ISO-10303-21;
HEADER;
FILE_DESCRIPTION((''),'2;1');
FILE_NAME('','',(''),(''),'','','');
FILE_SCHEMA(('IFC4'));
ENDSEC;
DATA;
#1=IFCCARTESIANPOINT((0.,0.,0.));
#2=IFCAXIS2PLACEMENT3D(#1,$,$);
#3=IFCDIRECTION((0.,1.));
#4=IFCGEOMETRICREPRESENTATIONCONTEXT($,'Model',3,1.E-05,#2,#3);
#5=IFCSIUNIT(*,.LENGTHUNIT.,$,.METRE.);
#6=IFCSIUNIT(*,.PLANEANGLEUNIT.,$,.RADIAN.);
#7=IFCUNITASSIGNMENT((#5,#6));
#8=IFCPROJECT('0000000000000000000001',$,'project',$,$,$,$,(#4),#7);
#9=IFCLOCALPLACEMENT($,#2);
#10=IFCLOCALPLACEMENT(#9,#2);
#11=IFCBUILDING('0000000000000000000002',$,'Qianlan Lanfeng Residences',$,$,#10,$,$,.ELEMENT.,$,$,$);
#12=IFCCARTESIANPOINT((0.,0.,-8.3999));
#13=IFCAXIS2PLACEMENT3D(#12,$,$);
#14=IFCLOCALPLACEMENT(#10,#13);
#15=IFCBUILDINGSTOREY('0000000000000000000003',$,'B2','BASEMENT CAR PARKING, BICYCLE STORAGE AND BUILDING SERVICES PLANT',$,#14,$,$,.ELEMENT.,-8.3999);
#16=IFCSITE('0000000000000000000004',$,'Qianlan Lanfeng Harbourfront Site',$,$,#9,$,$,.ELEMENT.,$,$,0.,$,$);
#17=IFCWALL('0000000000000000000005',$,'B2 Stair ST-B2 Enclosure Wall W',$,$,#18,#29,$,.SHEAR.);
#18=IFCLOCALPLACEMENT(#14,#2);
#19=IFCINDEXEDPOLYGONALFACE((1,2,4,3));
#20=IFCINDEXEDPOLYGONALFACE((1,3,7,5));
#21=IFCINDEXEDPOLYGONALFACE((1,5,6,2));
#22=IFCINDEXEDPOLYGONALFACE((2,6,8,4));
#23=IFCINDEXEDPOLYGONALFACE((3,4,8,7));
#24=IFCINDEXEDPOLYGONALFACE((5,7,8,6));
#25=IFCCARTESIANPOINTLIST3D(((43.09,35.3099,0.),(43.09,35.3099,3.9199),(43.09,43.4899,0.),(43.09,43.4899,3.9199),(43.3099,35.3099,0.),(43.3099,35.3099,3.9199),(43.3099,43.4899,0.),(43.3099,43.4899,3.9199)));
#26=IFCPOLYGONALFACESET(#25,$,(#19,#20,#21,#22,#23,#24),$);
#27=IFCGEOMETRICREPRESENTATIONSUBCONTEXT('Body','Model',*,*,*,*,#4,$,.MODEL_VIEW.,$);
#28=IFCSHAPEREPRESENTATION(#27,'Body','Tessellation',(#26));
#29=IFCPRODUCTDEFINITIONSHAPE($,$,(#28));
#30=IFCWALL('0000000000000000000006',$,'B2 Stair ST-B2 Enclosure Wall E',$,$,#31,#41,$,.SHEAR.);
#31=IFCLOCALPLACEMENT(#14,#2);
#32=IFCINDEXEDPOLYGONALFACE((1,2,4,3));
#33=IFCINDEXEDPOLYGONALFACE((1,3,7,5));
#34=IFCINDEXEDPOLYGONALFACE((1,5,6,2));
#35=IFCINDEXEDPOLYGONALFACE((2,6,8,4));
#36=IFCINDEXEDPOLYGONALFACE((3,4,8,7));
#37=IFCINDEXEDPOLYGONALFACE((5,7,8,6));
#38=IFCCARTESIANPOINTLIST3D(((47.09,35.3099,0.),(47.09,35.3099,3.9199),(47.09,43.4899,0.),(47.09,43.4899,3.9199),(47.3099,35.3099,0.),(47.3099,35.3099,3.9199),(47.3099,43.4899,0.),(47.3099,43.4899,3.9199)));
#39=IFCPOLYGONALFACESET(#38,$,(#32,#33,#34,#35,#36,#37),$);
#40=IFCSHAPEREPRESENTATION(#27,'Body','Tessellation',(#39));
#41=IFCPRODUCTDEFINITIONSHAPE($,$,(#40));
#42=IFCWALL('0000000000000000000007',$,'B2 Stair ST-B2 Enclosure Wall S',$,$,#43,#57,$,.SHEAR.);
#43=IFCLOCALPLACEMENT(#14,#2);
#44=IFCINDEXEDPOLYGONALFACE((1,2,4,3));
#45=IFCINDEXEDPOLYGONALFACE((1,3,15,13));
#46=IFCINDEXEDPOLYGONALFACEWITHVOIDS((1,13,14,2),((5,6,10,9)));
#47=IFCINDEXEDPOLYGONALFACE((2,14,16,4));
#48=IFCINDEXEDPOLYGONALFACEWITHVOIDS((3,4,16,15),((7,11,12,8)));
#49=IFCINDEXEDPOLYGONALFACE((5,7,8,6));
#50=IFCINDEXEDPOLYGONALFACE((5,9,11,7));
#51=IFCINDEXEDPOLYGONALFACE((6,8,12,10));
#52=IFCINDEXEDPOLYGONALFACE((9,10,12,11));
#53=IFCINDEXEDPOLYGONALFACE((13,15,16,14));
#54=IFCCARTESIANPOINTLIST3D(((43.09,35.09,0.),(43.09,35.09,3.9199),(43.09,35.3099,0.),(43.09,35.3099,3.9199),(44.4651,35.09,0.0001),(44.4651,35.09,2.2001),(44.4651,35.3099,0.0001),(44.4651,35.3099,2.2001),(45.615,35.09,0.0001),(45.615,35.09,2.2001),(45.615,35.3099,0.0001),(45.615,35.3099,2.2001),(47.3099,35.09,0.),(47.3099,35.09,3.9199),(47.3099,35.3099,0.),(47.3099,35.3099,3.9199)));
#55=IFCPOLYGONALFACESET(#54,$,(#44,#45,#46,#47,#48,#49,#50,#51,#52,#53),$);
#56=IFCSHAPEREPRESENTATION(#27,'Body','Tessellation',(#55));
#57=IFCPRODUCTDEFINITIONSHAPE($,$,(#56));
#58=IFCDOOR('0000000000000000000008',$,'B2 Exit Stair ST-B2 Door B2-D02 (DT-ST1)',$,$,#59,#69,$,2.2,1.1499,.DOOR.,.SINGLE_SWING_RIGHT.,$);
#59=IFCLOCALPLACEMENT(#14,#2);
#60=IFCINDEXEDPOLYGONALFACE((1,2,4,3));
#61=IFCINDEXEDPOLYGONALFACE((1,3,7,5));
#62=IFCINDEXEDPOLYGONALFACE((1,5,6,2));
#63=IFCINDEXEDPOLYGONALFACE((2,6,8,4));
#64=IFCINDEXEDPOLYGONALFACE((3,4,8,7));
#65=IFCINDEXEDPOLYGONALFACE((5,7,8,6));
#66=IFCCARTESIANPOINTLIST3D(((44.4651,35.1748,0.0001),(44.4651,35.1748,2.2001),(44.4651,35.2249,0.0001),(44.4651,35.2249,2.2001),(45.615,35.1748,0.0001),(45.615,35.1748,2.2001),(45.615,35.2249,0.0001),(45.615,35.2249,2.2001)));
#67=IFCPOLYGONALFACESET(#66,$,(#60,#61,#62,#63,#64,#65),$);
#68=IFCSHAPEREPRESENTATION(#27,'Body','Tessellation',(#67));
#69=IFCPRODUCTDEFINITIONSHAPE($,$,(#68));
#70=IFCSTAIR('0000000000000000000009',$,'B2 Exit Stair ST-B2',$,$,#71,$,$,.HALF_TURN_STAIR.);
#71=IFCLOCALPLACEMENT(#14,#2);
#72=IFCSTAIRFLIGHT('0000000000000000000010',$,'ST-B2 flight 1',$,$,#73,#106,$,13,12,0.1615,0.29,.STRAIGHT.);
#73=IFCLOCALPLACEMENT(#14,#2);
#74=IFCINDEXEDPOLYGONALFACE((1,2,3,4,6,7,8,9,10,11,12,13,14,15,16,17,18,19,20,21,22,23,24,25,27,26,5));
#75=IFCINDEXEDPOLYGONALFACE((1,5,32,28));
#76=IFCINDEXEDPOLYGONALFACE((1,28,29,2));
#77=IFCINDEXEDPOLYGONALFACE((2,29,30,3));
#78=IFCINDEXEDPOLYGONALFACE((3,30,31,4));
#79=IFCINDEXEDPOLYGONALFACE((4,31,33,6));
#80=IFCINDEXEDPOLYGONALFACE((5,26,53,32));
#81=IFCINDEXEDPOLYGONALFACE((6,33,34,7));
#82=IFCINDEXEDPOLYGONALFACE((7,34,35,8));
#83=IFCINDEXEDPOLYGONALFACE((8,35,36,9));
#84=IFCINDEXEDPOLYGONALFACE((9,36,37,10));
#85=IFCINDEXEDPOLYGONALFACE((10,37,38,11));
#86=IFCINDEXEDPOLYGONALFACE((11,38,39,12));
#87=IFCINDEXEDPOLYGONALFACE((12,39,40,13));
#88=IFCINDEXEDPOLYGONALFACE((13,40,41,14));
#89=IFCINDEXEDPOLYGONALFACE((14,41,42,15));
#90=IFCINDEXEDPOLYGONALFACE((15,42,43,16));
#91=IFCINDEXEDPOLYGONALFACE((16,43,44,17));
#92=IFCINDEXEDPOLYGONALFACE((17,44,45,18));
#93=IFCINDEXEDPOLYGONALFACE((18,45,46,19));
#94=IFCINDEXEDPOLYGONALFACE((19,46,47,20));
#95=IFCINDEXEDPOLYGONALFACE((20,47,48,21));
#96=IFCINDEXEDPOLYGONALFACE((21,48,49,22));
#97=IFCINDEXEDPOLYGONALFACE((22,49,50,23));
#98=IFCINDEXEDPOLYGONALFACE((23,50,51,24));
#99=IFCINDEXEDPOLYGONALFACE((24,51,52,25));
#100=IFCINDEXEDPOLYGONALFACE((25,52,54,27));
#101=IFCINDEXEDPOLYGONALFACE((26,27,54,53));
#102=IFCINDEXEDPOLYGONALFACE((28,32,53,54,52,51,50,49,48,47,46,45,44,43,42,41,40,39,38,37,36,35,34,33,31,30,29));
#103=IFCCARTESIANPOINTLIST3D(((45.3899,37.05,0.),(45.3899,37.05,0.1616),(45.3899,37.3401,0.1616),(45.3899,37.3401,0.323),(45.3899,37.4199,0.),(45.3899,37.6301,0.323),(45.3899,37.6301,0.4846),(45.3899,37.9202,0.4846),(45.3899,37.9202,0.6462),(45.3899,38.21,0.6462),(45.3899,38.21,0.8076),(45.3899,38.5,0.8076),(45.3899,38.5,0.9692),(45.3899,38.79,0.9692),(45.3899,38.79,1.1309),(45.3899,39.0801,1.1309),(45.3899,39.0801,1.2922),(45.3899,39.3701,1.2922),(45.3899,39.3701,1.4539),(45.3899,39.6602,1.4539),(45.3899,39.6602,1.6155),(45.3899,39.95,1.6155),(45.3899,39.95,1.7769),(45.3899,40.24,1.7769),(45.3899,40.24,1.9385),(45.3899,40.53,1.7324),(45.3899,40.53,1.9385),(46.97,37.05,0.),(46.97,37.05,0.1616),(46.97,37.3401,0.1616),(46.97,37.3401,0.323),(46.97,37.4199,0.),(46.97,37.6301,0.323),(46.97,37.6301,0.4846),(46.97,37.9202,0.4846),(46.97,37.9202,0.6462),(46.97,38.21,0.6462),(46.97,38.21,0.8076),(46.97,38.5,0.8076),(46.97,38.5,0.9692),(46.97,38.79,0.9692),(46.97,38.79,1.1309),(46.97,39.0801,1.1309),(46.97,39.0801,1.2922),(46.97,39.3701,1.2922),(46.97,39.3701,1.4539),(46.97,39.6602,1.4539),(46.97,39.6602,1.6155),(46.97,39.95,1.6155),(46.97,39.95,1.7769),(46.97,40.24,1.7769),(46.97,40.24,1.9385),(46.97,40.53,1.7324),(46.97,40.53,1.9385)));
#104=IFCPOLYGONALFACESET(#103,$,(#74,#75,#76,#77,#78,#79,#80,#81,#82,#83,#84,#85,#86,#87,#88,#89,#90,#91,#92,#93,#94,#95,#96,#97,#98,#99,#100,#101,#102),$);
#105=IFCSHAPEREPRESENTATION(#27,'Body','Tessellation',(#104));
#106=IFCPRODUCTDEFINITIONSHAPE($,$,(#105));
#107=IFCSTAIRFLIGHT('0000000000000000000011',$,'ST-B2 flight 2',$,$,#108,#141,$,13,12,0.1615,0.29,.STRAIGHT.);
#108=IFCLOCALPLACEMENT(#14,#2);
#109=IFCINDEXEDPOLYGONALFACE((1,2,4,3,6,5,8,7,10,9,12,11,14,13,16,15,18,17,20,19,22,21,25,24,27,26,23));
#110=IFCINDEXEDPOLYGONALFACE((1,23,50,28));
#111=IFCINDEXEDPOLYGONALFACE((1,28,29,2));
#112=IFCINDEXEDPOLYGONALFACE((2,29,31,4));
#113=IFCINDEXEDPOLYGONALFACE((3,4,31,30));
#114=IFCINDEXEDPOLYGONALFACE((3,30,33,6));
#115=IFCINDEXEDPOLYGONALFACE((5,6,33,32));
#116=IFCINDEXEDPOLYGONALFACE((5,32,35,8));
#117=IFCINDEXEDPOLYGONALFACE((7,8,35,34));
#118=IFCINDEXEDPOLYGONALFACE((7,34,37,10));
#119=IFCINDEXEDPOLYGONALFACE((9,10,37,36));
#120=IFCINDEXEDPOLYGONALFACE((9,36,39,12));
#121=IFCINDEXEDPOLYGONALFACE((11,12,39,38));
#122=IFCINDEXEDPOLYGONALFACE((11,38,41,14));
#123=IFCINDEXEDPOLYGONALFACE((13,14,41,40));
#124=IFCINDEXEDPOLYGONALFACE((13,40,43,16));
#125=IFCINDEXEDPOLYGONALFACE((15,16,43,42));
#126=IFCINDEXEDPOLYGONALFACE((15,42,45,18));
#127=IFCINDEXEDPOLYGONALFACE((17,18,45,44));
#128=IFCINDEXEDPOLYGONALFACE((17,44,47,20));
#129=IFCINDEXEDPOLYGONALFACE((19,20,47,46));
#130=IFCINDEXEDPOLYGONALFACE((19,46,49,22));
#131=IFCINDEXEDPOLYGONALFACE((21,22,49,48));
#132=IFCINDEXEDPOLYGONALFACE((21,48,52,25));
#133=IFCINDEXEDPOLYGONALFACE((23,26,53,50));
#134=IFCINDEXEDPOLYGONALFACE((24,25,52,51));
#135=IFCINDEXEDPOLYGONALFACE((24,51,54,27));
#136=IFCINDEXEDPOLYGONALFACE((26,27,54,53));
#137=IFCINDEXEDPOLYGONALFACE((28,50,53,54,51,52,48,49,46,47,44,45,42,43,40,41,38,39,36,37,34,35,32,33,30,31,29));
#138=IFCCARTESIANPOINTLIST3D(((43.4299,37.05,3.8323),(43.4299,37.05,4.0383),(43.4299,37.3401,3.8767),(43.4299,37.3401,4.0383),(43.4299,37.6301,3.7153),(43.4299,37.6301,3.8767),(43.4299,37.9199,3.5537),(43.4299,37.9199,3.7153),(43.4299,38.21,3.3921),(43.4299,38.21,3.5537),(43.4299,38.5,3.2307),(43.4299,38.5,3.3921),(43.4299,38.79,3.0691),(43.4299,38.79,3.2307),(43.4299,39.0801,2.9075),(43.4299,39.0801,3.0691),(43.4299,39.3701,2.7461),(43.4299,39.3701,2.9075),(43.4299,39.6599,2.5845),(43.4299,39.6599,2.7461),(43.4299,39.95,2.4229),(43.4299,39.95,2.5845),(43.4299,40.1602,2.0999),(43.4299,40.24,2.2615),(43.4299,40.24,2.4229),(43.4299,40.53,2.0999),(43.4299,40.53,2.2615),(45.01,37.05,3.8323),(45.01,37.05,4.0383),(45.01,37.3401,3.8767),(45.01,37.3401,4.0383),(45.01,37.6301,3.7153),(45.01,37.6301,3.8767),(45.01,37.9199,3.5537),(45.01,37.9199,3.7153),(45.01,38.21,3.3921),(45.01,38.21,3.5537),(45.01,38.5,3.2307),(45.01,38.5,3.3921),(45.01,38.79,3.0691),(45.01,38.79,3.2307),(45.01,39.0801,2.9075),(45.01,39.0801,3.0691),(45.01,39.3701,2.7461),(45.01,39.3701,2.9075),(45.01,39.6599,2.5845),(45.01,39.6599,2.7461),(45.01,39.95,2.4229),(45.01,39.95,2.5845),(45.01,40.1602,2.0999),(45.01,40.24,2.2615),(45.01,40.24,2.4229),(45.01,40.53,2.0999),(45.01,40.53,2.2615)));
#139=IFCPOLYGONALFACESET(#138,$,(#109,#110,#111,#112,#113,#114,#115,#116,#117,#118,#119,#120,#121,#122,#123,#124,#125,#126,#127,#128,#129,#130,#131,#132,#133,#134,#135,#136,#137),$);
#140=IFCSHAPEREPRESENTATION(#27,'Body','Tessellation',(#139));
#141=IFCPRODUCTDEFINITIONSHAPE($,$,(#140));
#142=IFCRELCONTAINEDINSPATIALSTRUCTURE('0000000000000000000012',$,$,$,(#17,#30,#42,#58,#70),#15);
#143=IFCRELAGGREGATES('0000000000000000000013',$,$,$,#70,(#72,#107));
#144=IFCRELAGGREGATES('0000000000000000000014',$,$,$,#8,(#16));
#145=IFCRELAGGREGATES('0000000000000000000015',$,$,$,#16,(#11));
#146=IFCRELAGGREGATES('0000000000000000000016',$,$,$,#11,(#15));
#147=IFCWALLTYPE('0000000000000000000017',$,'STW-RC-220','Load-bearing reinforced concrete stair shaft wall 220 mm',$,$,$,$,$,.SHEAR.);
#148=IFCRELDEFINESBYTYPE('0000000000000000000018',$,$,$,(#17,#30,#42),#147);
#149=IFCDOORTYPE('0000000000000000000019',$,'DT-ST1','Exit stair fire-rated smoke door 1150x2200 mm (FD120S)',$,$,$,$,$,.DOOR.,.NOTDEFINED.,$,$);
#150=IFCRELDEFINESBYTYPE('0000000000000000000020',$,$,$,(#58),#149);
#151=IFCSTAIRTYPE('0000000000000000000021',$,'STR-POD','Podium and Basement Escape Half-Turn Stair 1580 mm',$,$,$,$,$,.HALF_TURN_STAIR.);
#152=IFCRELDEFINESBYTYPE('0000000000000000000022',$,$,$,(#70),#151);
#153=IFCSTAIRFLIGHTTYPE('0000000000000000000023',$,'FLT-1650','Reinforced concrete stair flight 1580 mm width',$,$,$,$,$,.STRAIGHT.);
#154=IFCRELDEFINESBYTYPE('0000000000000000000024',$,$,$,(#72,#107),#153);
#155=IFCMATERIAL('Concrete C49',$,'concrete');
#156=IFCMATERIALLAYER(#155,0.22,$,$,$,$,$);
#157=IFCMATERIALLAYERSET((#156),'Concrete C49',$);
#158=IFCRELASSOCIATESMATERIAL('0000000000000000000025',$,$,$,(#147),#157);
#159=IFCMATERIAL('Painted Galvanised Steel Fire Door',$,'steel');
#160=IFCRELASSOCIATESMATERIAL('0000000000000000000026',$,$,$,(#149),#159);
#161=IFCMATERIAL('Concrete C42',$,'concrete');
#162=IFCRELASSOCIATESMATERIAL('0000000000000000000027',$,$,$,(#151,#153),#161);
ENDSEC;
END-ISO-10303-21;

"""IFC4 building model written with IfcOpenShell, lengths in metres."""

from ifc_helpers import new_model, si_unit, direction, frame, frame_2d, origin, place, context, subcontext, project, spatial, polyline, rectangle, outline, extrude, material, layer, layer_set, type_object, element, fill, aggregate, save


model = new_model("IFC4")

# Units and contexts
model_context = context("Model", 3, precision=1e-05, world=origin(), true_north=direction((0.0, 1.0)))
body_context = subcontext(model_context, "Body", "Model", "MODEL_VIEW")
ifc_project = project(units=[si_unit("LENGTHUNIT", "METRE"), si_unit("PLANEANGLEUNIT", "RADIAN")], contexts=[model_context])

# Site, building, storey
site_placement = place(None, origin())
site = spatial("IfcSite", under=ifc_project, at=site_placement, Name="Qianlan Lanfeng Harbourfront Site", CompositionType="ELEMENT", RefElevation=0.0)
building_placement = place(site_placement, origin())
building = spatial("IfcBuilding", under=site, at=building_placement, Name="Qianlan Lanfeng Residences", CompositionType="ELEMENT")
storey_placement = place(building_placement, frame((0.0, 0.0, -8.3999)))
storey = spatial("IfcBuildingStorey", under=building, at=storey_placement, Name="B2", Description="BASEMENT CAR PARKING, BICYCLE STORAGE AND BUILDING SERVICES PLANT", CompositionType="ELEMENT", Elevation=-8.3999)

# Shared definitions
ifc_material_1 = material(Name="Concrete C42", Category="concrete")

# Shared definitions
ifc_material_2 = material(Name="Concrete C49", Category="concrete")

# Walls
ifc_layer_1 = layer(ifc_material_2, 0.22)
ifc_layer_set_1 = layer_set([ifc_layer_1], Name="Concrete C49")
wall_type_1 = type_object("IfcWallType", Name="STW-RC-220", Description="Load-bearing reinforced concrete stair shaft wall 220 mm", PredefinedType="SHEAR", material=ifc_layer_set_1)
for number, where, z_axis, x_axis, name in (
    (1, (43.2, 35.3101, 0.0), (0.0, 0.0, 1.0), (0.0, 1.0, 0.0), "B2 Stair ST-B2 Enclosure Wall W"),
    (2, (47.2, 35.3101, 0.0), (0.0, 0.0, 1.0), (0.0, 1.0, 0.0), "B2 Stair ST-B2 Enclosure Wall E"),
):
    element("IfcWall", number, at=place(storey_placement, frame(where, z_axis=z_axis, x_axis=x_axis)), inside=storey, type_object=wall_type_1, Name=name, PredefinedType="SHEAR", context=body_context, shape_type="SweptSolid", body=[
        extrude(rectangle(XDim=8.1799, YDim=0.22, at=frame_2d((4.0898, 0.0))), origin(), (0.0, 0.0, 1.0), 3.9199),
    ])

# Wall, opening, door
wall_1_placement = place(storey_placement, frame((43.0901, 35.2, 0.0), z_axis=(0.0, 0.0, 1.0), x_axis=(1.0, 0.0, 0.0)))
wall_1 = element("IfcWall", 3, at=wall_1_placement, inside=storey, type_object=wall_type_1, Name="B2 Stair ST-B2 Enclosure Wall S", PredefinedType="SHEAR", context=body_context, shape_type="SweptSolid", body=[
    extrude(rectangle(XDim=4.22, YDim=0.22, at=frame_2d((2.1099, 0.0))), origin(), (0.0, 0.0, 1.0), 3.9199),
])
opening_1_placement = place(wall_1_placement, frame((1.375, 0.0, 0.0)))
opening_1 = element("IfcOpeningElement", 4, at=opening_1_placement, cuts=wall_1, PredefinedType="OPENING", context=body_context, shape_type="SweptSolid", body=[
    extrude(rectangle(XDim=1.1499, YDim=2.2, at=frame_2d((0.575, 1.1001))), frame((0.0, 0.1201, 0.0), z_axis=(0.0, -1.0, 0.0), x_axis=(1.0, 0.0, 0.0)), (0.0, 0.0, 1.0), 0.24),
])
ifc_material_3 = material(Name="Painted Galvanised Steel Fire Door", Category="steel")
door_type_1 = type_object("IfcDoorType", Name="DT-ST1", Description="Exit stair fire-rated smoke door 1150x2200 mm (FD120S)", OperationType="NOTDEFINED", PredefinedType="DOOR", material=ifc_material_3)
door_1_placement = place(opening_1_placement, origin())
door_1 = element("IfcDoor", 5, at=door_1_placement, inside=storey, type_object=door_type_1, Name="B2 Exit Stair ST-B2 Door B2-D02 (DT-ST1)", OperationType="SINGLE_SWING_RIGHT", OverallHeight=2.2, OverallWidth=1.1499, PredefinedType="DOOR", context=body_context, shape_type="SweptSolid", body=[
    extrude(rectangle(XDim=1.1499, YDim=2.2, at=frame_2d((0.575, 1.1001))), frame((0.0, 0.0249, 0.0), z_axis=(0.0, -1.0, 0.0), x_axis=(1.0, 0.0, 0.0)), (0.0, 0.0, 1.0), 0.05),
])
fill(opening_1, door_1)

# Stair, stair flights
stair_type = type_object("IfcStairType", Name="STR-POD", Description="Podium and Basement Escape Half-Turn Stair 1580 mm", PredefinedType="HALF_TURN_STAIR", material=ifc_material_1)
stair_placement = place(storey_placement, origin())
stair = element("IfcStair", 6, at=stair_placement, inside=storey, type_object=stair_type, Name="B2 Exit Stair ST-B2", PredefinedType="HALF_TURN_STAIR")
stair_flight_type = type_object("IfcStairFlightType", Name="FLT-1650", Description="Reinforced concrete stair flight 1580 mm width", PredefinedType="STRAIGHT", material=ifc_material_1)
stair_flight_1_placement = place(storey_placement, frame((46.1799, 37.05, 0.0), z_axis=(0.0, 0.0, 1.0), x_axis=(0.0, 1.0, 0.0)))
stair_flight_1 = element("IfcStairFlight", 7, at=stair_flight_1_placement, type_object=stair_flight_type, Name="ST-B2 flight 1", NumberOfRisers=13, NumberOfTreads=12, PredefinedType="STRAIGHT", RiserHeight=0.1615, TreadLength=0.29, context=body_context, shape_type="SweptSolid", body=[
    extrude(outline(polyline([(0.0, 0.0), (0.0, 0.1616), (0.29, 0.1616), (0.29, 0.323), (0.5801, 0.323), (0.5801, 0.4846), (0.8701, 0.4846), (0.8701, 0.6462), (1.1599, 0.6462), (1.1599, 0.8076), (1.45, 0.8076), (1.45, 0.9692), (1.74, 0.9692), (1.74, 1.1309), (2.03, 1.1309), (2.03, 1.2922), (2.3201, 1.2922), (2.3201, 1.4539), (2.6101, 1.4539), (2.6101, 1.6155), (2.8999, 1.6155), (2.8999, 1.7769), (3.1899, 1.7769), (3.1899, 1.9385), (3.48, 1.9385), (3.48, 2.1001), (3.48, 1.7324), (0.3699, 0.0), (0.0, 0.0)])), frame((0.0, 0.79, 0.0), z_axis=(0.0, -1.0, 0.0), x_axis=(1.0, 0.0, 0.0)), (0.0, 0.0, 1.0), 1.5801),
])
stair_flight_2_placement = place(storey_placement, frame((44.22, 40.53, 2.0999), z_axis=(0.0, 0.0, 1.0), x_axis=(0.0, -1.0, 0.0)))
stair_flight_2 = element("IfcStairFlight", 8, at=stair_flight_2_placement, type_object=stair_flight_type, Name="ST-B2 flight 2", NumberOfRisers=13, NumberOfTreads=12, PredefinedType="STRAIGHT", RiserHeight=0.1615, TreadLength=0.29, context=body_context, shape_type="SweptSolid", body=[
    extrude(outline(polyline([(0.0, 0.0), (0.0, 0.1616), (0.29, 0.1616), (0.29, 0.323), (0.5801, 0.323), (0.5801, 0.4846), (0.8701, 0.4846), (0.8701, 0.6462), (1.1599, 0.6462), (1.1599, 0.8076), (1.45, 0.8076), (1.45, 0.9692), (1.74, 0.9692), (1.74, 1.1309), (2.03, 1.1309), (2.03, 1.2922), (2.3201, 1.2922), (2.3201, 1.4539), (2.6101, 1.4539), (2.6101, 1.6155), (2.8999, 1.6155), (2.8999, 1.7769), (3.1899, 1.7769), (3.1899, 1.9385), (3.48, 1.9385), (3.48, 2.1001), (3.48, 1.7324), (0.3699, 0.0), (0.0, 0.0)])), frame((0.0, 0.79, 0.0), z_axis=(0.0, -1.0, 0.0), x_axis=(1.0, 0.0, 0.0)), (0.0, 0.0, 1.0), 1.5801),
])
aggregate(stair, [stair_flight_1, stair_flight_2])

save(model, "model.ifc")
